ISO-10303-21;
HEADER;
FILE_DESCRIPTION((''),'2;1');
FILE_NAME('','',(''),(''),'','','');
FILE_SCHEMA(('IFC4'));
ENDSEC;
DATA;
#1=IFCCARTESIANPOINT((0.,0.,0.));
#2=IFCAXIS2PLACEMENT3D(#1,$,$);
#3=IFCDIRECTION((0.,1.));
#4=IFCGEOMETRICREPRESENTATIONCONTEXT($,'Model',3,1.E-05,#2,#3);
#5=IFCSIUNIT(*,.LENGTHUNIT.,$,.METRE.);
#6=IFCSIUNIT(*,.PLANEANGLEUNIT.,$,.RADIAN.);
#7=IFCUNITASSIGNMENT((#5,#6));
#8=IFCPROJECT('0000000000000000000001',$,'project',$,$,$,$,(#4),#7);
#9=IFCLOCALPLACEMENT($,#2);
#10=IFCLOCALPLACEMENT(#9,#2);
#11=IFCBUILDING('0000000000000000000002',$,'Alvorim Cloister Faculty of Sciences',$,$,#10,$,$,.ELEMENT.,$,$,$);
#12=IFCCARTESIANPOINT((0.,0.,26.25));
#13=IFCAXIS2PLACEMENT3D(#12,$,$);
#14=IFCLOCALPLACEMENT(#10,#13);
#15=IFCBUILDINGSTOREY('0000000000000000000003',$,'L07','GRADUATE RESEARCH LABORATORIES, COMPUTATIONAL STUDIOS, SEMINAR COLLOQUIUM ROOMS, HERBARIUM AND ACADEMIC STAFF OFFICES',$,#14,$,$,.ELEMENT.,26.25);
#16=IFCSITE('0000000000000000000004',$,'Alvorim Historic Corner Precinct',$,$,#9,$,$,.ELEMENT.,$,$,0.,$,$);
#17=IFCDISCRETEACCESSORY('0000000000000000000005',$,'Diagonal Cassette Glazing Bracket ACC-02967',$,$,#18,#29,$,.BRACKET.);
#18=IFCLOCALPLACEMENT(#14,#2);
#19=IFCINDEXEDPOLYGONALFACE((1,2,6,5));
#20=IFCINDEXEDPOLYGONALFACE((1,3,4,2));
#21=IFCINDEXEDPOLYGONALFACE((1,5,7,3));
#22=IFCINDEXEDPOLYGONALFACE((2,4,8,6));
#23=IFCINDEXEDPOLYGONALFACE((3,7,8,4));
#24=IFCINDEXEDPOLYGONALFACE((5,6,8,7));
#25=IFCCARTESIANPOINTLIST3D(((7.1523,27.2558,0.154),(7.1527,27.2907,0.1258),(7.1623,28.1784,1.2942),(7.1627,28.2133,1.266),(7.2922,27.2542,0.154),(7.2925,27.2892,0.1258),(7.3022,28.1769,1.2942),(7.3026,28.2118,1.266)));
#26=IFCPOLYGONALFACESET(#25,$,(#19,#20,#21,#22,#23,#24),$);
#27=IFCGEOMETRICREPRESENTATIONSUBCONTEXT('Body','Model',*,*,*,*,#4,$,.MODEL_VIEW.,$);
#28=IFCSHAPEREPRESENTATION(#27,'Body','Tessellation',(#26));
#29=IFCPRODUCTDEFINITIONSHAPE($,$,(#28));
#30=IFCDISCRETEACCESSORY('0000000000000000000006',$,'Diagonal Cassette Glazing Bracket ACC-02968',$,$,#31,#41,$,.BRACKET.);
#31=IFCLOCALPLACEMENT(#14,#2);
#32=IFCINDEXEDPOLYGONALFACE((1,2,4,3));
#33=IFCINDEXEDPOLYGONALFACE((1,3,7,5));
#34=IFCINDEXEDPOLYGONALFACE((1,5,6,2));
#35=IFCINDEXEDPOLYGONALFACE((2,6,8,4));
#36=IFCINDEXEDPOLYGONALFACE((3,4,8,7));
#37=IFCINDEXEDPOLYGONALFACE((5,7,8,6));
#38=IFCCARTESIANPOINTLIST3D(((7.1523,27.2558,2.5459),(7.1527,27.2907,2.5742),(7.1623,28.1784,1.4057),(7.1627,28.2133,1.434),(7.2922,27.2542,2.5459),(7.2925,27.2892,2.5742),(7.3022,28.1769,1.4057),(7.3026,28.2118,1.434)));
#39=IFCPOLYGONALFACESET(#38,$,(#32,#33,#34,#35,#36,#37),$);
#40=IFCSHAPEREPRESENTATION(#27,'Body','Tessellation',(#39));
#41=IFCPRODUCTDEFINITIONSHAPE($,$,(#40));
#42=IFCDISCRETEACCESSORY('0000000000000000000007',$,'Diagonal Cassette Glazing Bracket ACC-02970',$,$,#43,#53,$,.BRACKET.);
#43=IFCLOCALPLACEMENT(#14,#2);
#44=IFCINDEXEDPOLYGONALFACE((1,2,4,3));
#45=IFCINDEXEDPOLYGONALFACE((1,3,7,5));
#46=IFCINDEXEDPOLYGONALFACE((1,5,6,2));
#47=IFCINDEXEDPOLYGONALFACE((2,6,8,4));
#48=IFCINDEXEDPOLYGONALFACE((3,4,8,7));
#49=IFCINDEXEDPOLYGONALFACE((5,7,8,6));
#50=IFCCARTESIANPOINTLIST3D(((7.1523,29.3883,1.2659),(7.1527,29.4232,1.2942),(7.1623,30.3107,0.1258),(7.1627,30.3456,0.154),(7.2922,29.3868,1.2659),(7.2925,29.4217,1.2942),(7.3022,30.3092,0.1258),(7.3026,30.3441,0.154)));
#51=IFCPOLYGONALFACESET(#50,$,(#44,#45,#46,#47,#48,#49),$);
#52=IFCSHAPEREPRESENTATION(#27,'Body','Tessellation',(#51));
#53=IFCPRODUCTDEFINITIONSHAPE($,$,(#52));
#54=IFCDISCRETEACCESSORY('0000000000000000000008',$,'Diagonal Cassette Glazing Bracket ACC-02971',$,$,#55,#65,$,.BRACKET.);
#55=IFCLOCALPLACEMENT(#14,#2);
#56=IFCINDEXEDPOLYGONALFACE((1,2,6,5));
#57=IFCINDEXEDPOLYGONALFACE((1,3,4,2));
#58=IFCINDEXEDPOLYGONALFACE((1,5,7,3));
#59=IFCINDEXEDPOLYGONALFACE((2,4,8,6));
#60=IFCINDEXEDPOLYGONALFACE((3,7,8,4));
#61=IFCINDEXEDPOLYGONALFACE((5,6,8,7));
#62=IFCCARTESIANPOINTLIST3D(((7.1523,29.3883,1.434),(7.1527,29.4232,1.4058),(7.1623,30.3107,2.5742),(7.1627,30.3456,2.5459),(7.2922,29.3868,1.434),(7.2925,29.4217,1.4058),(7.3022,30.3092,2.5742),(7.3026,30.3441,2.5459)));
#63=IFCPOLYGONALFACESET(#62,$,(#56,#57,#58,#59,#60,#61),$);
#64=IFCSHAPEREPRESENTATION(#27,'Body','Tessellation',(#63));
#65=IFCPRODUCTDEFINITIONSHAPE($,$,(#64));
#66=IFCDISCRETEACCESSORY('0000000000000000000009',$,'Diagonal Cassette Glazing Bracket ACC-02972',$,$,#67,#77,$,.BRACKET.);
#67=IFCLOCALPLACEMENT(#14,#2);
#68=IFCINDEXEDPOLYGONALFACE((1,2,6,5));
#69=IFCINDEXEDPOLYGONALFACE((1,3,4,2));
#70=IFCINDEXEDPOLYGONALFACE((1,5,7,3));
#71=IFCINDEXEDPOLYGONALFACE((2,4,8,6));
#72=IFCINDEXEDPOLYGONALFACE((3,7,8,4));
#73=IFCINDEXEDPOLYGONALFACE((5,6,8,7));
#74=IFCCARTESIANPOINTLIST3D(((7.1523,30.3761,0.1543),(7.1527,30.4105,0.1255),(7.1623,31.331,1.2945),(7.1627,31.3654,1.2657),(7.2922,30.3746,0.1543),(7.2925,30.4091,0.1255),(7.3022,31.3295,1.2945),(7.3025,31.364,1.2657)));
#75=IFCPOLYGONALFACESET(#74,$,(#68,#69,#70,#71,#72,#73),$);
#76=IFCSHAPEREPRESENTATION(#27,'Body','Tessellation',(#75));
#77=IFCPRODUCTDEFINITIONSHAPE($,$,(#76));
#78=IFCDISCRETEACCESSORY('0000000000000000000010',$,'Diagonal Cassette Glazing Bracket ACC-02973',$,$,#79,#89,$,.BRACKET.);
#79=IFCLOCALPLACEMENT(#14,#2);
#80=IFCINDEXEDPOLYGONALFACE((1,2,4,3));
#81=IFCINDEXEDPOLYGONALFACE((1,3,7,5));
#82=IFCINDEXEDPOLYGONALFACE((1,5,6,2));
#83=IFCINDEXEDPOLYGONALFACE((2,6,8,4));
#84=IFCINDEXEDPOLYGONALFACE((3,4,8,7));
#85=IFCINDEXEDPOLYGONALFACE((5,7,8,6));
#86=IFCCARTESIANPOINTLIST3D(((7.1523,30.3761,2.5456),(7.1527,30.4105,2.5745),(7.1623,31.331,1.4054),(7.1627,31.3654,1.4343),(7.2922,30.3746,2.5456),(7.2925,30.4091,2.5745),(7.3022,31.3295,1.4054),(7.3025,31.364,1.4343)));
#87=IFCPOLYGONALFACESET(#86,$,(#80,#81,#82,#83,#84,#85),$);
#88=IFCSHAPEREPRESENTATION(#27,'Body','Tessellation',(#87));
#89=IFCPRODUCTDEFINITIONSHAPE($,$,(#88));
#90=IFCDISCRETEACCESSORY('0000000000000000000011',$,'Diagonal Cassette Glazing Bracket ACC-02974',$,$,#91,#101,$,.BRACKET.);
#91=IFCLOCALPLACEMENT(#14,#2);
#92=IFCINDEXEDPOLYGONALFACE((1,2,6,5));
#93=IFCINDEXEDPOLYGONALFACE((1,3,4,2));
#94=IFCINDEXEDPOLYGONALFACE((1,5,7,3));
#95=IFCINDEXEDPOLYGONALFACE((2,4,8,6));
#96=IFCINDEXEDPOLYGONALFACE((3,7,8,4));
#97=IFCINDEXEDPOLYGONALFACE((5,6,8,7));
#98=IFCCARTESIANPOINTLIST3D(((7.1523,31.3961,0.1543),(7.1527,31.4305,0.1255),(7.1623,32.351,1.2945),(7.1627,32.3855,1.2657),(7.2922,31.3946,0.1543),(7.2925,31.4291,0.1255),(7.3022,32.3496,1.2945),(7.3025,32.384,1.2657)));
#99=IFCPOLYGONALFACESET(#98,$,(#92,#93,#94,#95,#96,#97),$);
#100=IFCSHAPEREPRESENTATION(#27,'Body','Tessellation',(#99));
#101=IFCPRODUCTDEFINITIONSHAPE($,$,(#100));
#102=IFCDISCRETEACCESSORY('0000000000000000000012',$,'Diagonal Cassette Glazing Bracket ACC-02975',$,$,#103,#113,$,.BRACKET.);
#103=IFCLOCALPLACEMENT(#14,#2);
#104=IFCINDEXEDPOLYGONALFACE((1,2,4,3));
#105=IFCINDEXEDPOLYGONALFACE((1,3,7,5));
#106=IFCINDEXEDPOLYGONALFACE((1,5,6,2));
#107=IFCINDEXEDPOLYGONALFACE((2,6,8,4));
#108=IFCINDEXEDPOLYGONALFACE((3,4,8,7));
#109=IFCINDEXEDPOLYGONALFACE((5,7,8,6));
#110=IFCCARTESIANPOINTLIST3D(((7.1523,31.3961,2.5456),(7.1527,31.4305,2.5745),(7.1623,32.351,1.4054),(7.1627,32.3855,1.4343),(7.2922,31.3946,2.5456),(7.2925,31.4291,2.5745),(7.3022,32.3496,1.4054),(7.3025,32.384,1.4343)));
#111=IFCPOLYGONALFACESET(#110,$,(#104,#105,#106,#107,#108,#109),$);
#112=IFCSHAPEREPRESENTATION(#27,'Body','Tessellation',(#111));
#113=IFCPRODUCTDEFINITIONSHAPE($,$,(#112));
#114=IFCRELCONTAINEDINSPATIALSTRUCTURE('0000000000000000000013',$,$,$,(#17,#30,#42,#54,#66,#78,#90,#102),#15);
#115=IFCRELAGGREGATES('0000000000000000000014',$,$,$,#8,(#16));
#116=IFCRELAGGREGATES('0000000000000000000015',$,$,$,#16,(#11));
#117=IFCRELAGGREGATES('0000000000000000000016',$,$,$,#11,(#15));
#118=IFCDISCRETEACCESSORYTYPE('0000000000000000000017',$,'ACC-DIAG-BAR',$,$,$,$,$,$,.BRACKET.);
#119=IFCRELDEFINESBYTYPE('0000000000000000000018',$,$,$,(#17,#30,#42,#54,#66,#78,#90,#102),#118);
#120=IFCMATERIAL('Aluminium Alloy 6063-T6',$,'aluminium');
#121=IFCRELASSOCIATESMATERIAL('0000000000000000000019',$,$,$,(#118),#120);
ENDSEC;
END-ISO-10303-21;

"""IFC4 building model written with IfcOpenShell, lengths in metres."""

from ifc_helpers import new_model, si_unit, direction, frame, origin, origin_2d, place, context, subcontext, project, spatial, rectangle, extrude, material, type_object, element, save


model = new_model("IFC4")

# Units and contexts
model_context = context("Model", 3, precision=1e-05, world=origin(), true_north=direction((0.0, 1.0)))
body_context = subcontext(model_context, "Body", "Model", "MODEL_VIEW")
ifc_project = project(units=[si_unit("LENGTHUNIT", "METRE"), si_unit("PLANEANGLEUNIT", "RADIAN")], contexts=[model_context])

# Site, building, storey
site_placement = place(None, origin())
site = spatial("IfcSite", under=ifc_project, at=site_placement, Name="Alvorim Historic Corner Precinct", CompositionType="ELEMENT", RefElevation=0.0)
building_placement = place(site_placement, origin())
building = spatial("IfcBuilding", under=site, at=building_placement, Name="Alvorim Cloister Faculty of Sciences", CompositionType="ELEMENT")
storey_placement = place(building_placement, frame((0.0, 0.0, 26.25)))
storey = spatial("IfcBuildingStorey", under=building, at=storey_placement, Name="L07", Description="GRADUATE RESEARCH LABORATORIES, COMPUTATIONAL STUDIOS, SEMINAR COLLOQUIUM ROOMS, HERBARIUM AND ACADEMIC STAFF OFFICES", CompositionType="ELEMENT", Elevation=26.25)

# Shared definitions
ifc_material_1 = material(Name="Aluminium Alloy 6063-T6", Category="aluminium")

# Discrete accessories
discrete_accessory_type = type_object("IfcDiscreteAccessoryType", Name="ACC-DIAG-BAR", PredefinedType="BRACKET", material=ifc_material_1)
for number, where, z_axis, x_axis, name in (
    (1, (7.2224, 27.2725, 0.1399), (0.006825, 0.629035, 0.777347), (-0.999941, 0.010849, 0.0), "Diagonal Cassette Glazing Bracket ACC-02967"),
    (2, (7.2224, 27.2725, 2.5601), (0.006825, 0.629035, -0.777347), (-0.999941, 0.010849, 0.0), "Diagonal Cassette Glazing Bracket ACC-02968"),
):
    element("IfcDiscreteAccessory", number, at=place(storey_placement, frame(where, z_axis=z_axis, x_axis=x_axis)), inside=storey, type_object=discrete_accessory_type, Name=name, PredefinedType="BRACKET", context=body_context, shape_type="SweptSolid", body=[
        extrude(rectangle(XDim=0.1399, YDim=0.0449, at=origin_2d()), origin(), (0.0, 0.0, 1.0), 1.4668),
    ])
for number, where, z_axis, x_axis, name in (
    (3, (7.2224, 29.405, 1.28), (0.006825, 0.628935, -0.777428), (-0.999941, 0.010852, 0.0), "Diagonal Cassette Glazing Bracket ACC-02970"),
    (4, (7.2224, 29.405, 1.4199), (0.006825, 0.628935, 0.777428), (-0.999941, 0.010852, 0.0), "Diagonal Cassette Glazing Bracket ACC-02971"),
):
    element("IfcDiscreteAccessory", number, at=place(storey_placement, frame(where, z_axis=z_axis, x_axis=x_axis)), inside=storey, type_object=discrete_accessory_type, Name=name, PredefinedType="BRACKET", context=body_context, shape_type="SweptSolid", body=[
        extrude(rectangle(XDim=0.1399, YDim=0.0449, at=origin_2d()), origin(), (0.0, 0.0, 1.0), 1.4666),
    ])
for number, where, z_axis, x_axis, name in (
    (5, (7.2224, 30.3926, 0.1399), (0.006731, 0.642041, 0.766641), (-0.999945, 0.010483, 0.0), "Diagonal Cassette Glazing Bracket ACC-02972"),
    (6, (7.2224, 30.3926, 2.5601), (0.006731, 0.642041, -0.766641), (-0.999945, 0.010483, 0.0), "Diagonal Cassette Glazing Bracket ACC-02973"),
    (7, (7.2224, 31.4126, 0.1399), (0.006731, 0.642041, 0.766641), (-0.999945, 0.010483, 0.0), "Diagonal Cassette Glazing Bracket ACC-02974"),
    (8, (7.2224, 31.4126, 2.5601), (0.006731, 0.642041, -0.766641), (-0.999945, 0.010483, 0.0), "Diagonal Cassette Glazing Bracket ACC-02975"),
):
    element("IfcDiscreteAccessory", number, at=place(storey_placement, frame(where, z_axis=z_axis, x_axis=x_axis)), inside=storey, type_object=discrete_accessory_type, Name=name, PredefinedType="BRACKET", context=body_context, shape_type="SweptSolid", body=[
        extrude(rectangle(XDim=0.1399, YDim=0.0449, at=origin_2d()), origin(), (0.0, 0.0, 1.0), 1.4873),
    ])

save(model, "model.ifc")
